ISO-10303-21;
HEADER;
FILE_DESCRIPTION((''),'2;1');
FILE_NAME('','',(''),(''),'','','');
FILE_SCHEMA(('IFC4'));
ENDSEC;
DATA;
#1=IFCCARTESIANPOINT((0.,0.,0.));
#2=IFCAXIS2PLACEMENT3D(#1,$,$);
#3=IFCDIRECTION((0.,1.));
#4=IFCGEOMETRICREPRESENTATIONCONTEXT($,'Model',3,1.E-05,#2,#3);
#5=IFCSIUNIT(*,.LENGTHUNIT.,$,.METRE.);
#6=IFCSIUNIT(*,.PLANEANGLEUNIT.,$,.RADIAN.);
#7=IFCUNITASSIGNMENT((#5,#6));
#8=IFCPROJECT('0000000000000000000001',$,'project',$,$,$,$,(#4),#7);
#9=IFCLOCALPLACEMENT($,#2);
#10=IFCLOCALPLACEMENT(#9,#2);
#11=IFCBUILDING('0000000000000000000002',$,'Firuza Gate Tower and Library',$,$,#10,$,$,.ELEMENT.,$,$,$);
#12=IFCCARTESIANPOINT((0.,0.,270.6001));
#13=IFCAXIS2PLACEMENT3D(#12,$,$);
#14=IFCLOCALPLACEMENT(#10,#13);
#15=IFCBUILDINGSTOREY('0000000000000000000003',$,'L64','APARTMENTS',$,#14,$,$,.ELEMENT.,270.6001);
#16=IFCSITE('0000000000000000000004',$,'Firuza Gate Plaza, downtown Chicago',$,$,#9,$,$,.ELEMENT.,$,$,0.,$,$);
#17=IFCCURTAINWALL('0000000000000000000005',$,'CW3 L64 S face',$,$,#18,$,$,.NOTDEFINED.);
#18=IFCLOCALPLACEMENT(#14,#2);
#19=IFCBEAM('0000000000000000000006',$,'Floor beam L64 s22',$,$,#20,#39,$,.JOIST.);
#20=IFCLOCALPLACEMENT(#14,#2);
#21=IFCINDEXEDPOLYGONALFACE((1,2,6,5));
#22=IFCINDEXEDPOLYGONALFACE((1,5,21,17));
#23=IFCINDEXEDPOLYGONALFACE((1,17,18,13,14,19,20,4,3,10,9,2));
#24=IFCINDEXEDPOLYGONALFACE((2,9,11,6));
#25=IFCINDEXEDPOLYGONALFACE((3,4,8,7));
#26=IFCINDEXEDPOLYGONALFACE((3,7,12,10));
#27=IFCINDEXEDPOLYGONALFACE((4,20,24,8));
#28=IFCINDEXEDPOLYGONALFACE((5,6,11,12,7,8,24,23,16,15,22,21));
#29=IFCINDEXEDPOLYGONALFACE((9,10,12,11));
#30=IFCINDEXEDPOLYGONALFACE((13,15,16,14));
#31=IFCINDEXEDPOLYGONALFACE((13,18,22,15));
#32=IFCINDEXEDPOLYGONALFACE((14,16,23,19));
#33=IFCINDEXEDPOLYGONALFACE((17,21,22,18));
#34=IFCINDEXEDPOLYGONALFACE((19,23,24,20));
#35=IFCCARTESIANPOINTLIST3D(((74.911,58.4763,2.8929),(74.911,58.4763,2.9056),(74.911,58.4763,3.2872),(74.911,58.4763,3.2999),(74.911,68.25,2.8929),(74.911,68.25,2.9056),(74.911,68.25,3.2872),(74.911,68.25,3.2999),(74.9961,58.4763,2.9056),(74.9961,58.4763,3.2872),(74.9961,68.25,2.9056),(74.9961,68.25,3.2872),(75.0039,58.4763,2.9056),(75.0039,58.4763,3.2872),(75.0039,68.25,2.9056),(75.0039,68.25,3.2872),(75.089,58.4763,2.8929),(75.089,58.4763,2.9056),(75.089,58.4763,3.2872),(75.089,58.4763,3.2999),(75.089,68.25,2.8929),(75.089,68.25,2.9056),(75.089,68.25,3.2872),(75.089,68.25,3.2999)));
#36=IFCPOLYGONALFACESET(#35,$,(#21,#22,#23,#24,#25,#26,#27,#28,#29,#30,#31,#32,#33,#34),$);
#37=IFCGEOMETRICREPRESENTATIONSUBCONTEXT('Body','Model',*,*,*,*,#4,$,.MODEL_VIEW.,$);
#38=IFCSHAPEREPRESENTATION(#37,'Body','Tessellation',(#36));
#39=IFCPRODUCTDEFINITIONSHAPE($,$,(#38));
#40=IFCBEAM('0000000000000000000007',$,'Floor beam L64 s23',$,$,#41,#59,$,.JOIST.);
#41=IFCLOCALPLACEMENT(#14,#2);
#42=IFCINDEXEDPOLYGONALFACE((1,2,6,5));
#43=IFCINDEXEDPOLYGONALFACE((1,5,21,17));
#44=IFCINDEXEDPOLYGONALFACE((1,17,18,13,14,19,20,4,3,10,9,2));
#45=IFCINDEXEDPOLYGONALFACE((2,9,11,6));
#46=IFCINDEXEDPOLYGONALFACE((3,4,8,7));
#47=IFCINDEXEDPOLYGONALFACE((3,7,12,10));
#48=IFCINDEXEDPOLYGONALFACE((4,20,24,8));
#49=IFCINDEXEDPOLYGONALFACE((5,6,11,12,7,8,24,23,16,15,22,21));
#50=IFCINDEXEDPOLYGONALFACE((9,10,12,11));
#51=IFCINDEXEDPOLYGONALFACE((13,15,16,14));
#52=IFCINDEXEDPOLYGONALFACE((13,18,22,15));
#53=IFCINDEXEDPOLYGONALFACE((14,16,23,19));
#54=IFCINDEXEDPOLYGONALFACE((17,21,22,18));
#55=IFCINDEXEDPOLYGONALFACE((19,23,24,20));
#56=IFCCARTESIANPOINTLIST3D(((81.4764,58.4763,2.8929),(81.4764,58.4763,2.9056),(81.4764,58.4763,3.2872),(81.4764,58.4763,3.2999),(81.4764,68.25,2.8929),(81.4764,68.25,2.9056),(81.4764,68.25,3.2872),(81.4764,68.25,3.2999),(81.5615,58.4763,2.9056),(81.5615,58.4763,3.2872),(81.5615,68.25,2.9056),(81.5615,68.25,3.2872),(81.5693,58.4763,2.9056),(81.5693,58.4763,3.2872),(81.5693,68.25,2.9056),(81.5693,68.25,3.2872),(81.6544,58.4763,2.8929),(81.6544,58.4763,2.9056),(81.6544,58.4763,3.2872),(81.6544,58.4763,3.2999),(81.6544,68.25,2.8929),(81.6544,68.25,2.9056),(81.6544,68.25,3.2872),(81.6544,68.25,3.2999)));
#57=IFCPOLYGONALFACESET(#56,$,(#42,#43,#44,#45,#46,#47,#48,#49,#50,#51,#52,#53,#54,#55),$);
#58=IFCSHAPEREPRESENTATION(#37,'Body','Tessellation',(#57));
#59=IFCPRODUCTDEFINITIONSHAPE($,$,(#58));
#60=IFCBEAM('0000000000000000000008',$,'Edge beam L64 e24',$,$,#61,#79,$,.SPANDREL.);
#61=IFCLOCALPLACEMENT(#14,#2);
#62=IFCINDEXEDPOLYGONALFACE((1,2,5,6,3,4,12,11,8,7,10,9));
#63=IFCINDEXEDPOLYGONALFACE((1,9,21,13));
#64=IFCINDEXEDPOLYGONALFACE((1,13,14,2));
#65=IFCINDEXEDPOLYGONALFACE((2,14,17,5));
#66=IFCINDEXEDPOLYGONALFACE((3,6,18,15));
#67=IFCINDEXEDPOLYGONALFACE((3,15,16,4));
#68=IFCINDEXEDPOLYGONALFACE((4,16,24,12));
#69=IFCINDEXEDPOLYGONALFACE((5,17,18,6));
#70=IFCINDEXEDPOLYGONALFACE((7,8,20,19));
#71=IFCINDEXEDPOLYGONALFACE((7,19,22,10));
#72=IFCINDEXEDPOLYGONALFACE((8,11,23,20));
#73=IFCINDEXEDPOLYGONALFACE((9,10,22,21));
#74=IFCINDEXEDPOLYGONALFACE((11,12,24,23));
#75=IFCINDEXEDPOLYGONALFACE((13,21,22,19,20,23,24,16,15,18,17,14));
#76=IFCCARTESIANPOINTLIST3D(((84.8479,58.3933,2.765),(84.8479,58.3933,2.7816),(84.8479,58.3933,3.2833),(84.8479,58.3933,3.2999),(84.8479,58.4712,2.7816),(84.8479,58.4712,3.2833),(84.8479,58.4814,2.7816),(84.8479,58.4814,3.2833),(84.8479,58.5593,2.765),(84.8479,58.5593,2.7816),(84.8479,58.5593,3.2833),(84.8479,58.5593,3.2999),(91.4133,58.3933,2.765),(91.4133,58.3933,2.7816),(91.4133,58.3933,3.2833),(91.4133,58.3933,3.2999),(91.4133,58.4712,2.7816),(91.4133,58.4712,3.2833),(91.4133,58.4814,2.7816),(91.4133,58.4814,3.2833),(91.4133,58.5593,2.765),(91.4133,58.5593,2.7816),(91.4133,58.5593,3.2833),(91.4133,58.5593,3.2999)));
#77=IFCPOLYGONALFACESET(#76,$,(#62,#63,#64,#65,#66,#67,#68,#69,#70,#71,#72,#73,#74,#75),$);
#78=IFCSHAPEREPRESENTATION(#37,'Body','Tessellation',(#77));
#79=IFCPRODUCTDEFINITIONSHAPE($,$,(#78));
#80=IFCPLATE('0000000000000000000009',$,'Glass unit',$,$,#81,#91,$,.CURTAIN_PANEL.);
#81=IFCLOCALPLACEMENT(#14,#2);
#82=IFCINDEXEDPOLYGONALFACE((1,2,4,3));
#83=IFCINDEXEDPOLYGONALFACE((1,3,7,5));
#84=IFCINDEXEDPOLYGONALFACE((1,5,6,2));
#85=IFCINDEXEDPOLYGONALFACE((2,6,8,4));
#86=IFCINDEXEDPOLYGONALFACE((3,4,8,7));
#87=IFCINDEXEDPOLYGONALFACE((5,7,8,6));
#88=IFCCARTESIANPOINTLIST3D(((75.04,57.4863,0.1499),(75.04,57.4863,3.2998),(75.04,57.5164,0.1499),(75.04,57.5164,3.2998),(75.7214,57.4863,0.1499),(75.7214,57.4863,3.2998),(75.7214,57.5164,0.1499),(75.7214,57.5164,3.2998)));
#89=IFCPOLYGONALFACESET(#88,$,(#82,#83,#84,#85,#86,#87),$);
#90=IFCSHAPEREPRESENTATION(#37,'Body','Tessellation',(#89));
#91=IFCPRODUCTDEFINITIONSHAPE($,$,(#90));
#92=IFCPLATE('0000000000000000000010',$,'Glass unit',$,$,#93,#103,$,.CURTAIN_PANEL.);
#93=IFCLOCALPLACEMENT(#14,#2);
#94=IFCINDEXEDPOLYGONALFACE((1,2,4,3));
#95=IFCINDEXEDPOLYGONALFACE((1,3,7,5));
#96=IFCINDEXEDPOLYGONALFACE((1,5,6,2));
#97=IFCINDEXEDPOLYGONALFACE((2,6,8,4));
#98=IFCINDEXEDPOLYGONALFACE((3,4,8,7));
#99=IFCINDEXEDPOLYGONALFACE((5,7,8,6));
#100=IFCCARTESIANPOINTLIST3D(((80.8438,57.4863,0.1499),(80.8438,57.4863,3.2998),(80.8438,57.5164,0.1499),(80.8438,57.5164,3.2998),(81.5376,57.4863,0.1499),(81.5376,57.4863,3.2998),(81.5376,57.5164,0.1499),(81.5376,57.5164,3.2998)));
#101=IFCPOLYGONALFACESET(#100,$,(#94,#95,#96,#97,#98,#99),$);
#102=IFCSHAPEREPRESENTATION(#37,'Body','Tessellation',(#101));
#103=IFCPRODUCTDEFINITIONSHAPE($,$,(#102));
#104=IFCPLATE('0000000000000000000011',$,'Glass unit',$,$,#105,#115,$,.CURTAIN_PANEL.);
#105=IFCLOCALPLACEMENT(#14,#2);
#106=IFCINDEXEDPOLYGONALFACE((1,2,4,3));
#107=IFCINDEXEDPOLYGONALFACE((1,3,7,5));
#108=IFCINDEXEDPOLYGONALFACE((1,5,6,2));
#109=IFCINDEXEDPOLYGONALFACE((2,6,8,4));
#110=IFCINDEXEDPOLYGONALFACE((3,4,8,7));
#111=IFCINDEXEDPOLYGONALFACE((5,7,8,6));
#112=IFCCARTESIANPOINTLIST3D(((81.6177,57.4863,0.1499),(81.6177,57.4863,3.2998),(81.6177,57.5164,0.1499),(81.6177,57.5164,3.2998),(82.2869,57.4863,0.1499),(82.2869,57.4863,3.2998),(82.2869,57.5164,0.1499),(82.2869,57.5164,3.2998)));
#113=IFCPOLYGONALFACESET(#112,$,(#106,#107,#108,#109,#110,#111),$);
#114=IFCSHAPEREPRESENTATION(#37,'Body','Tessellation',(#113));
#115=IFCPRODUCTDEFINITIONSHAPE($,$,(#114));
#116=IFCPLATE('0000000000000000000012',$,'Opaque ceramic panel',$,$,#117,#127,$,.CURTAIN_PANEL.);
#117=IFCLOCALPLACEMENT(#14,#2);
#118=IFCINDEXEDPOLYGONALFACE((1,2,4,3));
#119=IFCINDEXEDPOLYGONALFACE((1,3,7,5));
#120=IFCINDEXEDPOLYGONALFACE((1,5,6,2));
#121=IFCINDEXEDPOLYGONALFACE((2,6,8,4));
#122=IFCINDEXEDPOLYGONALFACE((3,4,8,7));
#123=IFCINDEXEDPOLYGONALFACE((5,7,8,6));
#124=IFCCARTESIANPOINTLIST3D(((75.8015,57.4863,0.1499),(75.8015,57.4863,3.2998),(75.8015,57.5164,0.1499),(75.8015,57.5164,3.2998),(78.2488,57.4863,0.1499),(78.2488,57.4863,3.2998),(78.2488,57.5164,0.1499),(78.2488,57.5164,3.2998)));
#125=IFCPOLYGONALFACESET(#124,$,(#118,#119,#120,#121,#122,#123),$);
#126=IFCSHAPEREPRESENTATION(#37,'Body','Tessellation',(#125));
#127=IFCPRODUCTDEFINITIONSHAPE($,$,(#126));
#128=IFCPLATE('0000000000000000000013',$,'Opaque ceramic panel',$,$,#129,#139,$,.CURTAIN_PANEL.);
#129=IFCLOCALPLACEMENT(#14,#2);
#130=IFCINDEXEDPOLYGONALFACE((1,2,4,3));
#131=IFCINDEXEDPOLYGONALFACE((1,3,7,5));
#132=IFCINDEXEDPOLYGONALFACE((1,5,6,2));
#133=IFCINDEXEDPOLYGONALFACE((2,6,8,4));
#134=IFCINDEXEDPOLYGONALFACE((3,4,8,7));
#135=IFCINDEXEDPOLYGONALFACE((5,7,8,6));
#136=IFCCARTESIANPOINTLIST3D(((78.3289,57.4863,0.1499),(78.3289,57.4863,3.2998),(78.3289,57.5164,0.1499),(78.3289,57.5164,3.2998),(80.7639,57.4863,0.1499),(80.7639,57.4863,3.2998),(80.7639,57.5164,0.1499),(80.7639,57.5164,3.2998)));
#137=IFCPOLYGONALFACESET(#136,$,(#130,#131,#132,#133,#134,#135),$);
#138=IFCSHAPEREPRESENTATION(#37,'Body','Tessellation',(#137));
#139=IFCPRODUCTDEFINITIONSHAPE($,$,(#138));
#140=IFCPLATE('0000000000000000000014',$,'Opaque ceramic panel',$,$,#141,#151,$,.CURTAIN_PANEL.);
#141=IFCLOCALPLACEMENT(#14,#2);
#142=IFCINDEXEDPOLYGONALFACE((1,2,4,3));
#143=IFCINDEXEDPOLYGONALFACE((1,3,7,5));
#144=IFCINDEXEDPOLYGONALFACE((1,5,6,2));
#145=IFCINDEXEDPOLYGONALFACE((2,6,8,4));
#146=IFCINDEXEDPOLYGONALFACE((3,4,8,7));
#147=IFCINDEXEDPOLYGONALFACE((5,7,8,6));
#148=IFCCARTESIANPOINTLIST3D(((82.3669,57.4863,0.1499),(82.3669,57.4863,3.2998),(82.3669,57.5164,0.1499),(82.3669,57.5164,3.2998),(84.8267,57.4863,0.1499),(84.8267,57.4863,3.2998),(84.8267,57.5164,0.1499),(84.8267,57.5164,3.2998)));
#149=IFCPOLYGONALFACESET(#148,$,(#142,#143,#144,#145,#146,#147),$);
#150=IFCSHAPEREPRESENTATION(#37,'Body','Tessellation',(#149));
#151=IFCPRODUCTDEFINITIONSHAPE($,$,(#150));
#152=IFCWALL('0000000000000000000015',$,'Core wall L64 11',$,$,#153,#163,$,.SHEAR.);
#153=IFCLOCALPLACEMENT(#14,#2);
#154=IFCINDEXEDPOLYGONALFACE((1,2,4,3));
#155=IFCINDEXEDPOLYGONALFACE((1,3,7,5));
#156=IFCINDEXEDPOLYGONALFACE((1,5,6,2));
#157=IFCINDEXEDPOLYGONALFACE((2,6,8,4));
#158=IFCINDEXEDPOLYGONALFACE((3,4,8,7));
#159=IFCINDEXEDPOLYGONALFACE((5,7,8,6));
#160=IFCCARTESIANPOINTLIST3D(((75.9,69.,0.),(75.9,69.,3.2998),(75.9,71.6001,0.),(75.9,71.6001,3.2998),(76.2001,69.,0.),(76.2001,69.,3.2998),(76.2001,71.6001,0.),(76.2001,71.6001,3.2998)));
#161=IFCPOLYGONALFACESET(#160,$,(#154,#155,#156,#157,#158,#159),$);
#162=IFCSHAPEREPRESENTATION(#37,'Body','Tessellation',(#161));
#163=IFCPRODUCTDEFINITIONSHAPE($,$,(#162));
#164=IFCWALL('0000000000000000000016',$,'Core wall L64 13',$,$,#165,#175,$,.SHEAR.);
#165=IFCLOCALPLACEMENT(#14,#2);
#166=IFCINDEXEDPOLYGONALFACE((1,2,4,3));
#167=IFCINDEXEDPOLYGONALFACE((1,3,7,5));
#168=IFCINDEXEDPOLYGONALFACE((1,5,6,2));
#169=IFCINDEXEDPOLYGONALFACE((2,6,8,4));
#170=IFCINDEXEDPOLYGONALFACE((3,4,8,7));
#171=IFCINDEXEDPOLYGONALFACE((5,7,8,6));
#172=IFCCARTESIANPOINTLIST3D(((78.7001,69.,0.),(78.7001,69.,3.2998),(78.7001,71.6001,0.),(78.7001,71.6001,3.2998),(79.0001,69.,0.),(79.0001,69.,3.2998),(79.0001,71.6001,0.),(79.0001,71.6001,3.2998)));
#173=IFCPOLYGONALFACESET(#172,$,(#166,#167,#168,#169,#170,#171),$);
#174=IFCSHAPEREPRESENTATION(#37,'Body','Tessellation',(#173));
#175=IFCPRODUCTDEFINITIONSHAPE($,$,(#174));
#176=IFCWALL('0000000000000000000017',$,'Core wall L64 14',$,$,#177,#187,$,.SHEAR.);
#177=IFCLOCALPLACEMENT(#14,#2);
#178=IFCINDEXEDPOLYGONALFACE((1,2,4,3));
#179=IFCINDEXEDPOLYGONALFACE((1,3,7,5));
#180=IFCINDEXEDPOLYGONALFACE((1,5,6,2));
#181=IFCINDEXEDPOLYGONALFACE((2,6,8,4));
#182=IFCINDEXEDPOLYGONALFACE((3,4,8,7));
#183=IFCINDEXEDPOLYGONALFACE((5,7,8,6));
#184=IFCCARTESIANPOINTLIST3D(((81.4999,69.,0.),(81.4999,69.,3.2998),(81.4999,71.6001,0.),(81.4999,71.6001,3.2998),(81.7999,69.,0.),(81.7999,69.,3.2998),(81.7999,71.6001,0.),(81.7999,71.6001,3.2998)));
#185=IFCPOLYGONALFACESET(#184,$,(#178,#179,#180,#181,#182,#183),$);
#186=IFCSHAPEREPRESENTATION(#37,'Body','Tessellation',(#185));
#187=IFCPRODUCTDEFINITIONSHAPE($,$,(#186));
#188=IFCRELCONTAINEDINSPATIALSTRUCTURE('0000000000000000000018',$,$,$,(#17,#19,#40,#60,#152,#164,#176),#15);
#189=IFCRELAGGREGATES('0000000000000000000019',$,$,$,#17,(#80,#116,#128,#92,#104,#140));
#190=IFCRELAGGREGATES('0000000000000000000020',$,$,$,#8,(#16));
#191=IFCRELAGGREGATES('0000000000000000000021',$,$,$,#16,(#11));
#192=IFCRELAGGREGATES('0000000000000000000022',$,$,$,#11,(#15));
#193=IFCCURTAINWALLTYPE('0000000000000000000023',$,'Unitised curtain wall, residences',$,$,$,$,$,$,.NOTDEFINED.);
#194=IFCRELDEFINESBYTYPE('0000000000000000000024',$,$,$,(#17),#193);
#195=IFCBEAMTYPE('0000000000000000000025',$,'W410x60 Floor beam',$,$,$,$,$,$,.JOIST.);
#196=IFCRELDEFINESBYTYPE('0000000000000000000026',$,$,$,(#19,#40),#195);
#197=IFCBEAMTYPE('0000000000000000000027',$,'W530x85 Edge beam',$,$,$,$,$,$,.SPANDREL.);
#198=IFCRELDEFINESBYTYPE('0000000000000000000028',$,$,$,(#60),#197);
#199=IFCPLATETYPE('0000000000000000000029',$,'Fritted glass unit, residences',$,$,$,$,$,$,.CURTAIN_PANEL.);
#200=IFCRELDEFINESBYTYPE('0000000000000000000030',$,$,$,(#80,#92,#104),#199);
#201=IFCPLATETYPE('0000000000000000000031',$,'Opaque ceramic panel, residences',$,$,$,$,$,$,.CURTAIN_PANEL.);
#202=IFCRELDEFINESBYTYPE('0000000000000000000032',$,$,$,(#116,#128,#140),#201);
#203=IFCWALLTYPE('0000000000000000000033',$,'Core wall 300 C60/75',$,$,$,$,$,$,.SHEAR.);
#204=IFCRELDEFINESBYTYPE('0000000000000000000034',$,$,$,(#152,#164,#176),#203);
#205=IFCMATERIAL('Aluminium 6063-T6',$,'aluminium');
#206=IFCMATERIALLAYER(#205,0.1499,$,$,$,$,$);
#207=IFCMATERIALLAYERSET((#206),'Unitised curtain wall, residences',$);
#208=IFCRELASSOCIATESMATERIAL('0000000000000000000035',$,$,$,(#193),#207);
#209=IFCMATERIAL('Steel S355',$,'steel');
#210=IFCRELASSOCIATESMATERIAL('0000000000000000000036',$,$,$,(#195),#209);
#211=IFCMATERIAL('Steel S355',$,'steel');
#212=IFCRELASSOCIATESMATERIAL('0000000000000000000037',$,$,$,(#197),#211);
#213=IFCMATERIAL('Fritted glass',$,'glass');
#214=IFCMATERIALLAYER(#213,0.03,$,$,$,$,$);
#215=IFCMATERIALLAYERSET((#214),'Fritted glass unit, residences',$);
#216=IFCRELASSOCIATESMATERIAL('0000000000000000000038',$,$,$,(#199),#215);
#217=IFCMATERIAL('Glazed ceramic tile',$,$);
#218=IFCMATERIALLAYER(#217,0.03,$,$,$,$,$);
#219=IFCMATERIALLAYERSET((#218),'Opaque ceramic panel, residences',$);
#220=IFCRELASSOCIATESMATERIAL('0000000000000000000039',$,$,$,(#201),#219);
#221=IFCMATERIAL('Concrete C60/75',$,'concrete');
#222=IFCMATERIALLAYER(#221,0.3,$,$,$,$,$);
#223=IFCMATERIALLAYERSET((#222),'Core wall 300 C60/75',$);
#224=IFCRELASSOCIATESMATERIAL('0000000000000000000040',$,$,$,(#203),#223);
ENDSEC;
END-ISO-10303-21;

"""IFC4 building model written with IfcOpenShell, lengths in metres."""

from ifc_helpers import new_model, si_unit, direction, frame, frame_2d, origin, origin_2d, place, context, subcontext, project, spatial, polyline, rectangle, i_section, outline, extrude, material, layer, layer_set, material_profile, profile_set, type_object, element, aggregate, save


model = new_model("IFC4")

# Units and contexts
model_context = context("Model", 3, precision=1e-05, world=origin(), true_north=direction((0.0, 1.0)))
body_context = subcontext(model_context, "Body", "Model", "MODEL_VIEW")
ifc_project = project(units=[si_unit("LENGTHUNIT", "METRE"), si_unit("PLANEANGLEUNIT", "RADIAN")], contexts=[model_context])

# Site, building, storey
site_placement = place(None, origin())
site = spatial("IfcSite", under=ifc_project, at=site_placement, Name="Firuza Gate Plaza, downtown Chicago", CompositionType="ELEMENT", RefElevation=0.0)
building_placement = place(site_placement, origin())
building = spatial("IfcBuilding", under=site, at=building_placement, Name="Firuza Gate Tower and Library", CompositionType="ELEMENT")
storey_placement = place(building_placement, frame((0.0, 0.0, 270.6001)))
storey = spatial("IfcBuildingStorey", under=building, at=storey_placement, Name="L64", Description="APARTMENTS", CompositionType="ELEMENT", Elevation=270.6001)

# Curtain wall
ifc_material_1 = material(Name="Aluminium 6063-T6", Category="aluminium")
ifc_layer_1 = layer(ifc_material_1, 0.1499)
ifc_layer_set_1 = layer_set([ifc_layer_1], Name="Unitised curtain wall, residences")
curtain_wall_type = type_object("IfcCurtainWallType", Name="Unitised curtain wall, residences", PredefinedType="NOTDEFINED", material=ifc_layer_set_1)
curtain_wall_placement = place(storey_placement, origin())
curtain_wall = element("IfcCurtainWall", 1, at=curtain_wall_placement, inside=storey, type_object=curtain_wall_type, Name="CW3 L64 S face", PredefinedType="NOTDEFINED")

# Beams
ifc_material_2 = material(Name="Steel S355", Category="steel")
ifc_material_profile_1 = material_profile(ifc_material_2, i_section(OverallWidth=0.178, OverallDepth=0.407, WebThickness=0.0078, FlangeThickness=0.0127, at=origin_2d()))
ifc_profile_set_1 = profile_set([ifc_material_profile_1], Name="Steel S355")
beam_type_1 = type_object("IfcBeamType", Name="W410x60 Floor beam", PredefinedType="JOIST", material=ifc_profile_set_1)
for number, where, z_axis, x_axis, name in (
    (2, (75.0, 58.4763, 3.0964), (0.0, 1.0, 0.0), (-1.0, 0.0, 0.0), "Floor beam L64 s22"),
    (3, (81.5654, 58.4763, 3.0964), (0.0, 1.0, 0.0), (-1.0, 0.0, 0.0), "Floor beam L64 s23"),
):
    element("IfcBeam", number, at=place(storey_placement, frame(where, z_axis=z_axis, x_axis=x_axis)), inside=storey, type_object=beam_type_1, Name=name, PredefinedType="JOIST", context=body_context, shape_type="SweptSolid", body=[
        extrude(i_section(OverallWidth=0.178, OverallDepth=0.407, WebThickness=0.0078, FlangeThickness=0.0127, at=origin_2d()), origin(), (0.0, 0.0, 1.0), 9.7737),
    ])
ifc_material_3 = material(Name="Steel S355", Category="steel")
ifc_material_profile_2 = material_profile(ifc_material_3, i_section(OverallWidth=0.166, OverallDepth=0.5349, WebThickness=0.0103, FlangeThickness=0.0166, at=origin_2d()))
ifc_profile_set_2 = profile_set([ifc_material_profile_2], Name="Steel S355")
beam_type_2 = type_object("IfcBeamType", Name="W530x85 Edge beam", PredefinedType="SPANDREL", material=ifc_profile_set_2)
beam_placement = place(storey_placement, frame((84.8479, 58.4763, 3.0325), z_axis=(1.0, 0.0, 0.0), x_axis=(0.0, 1.0, 0.0)))
element("IfcBeam", 4, at=beam_placement, inside=storey, type_object=beam_type_2, Name="Edge beam L64 e24", PredefinedType="SPANDREL", context=body_context, shape_type="SweptSolid", body=[
    extrude(i_section(OverallWidth=0.166, OverallDepth=0.5349, WebThickness=0.0103, FlangeThickness=0.0166, at=origin_2d()), origin(), (0.0, 0.0, 1.0), 6.5654),
])

# Plates
ifc_material_4 = material(Name="Fritted glass", Category="glass")
ifc_layer_2 = layer(ifc_material_4, 0.03)
ifc_layer_set_2 = layer_set([ifc_layer_2], Name="Fritted glass unit, residences")
plate_type_1 = type_object("IfcPlateType", Name="Fritted glass unit, residences", PredefinedType="CURTAIN_PANEL", material=ifc_layer_set_2)
plate_1_placement = place(storey_placement, frame((75.04, 57.4863, 0.1499), z_axis=(0.0, -1.0, 0.0), x_axis=(1.0, 0.0, 0.0)))
plate_1 = element("IfcPlate", 5, at=plate_1_placement, type_object=plate_type_1, Name="Glass unit", PredefinedType="CURTAIN_PANEL", context=body_context, shape_type="SweptSolid", body=[
    extrude(outline(polyline([(0.0, 0.0), (0.6814, 0.0), (0.6814, 3.1499), (0.0, 3.1499), (0.0, 0.0)])), origin(), (0.0, 0.0, -1.0), 0.03),
])
plate_2_placement = place(storey_placement, frame((80.8438, 57.4863, 0.1499), z_axis=(0.0, -1.0, 0.0), x_axis=(1.0, 0.0, 0.0)))
plate_2 = element("IfcPlate", 6, at=plate_2_placement, type_object=plate_type_1, Name="Glass unit", PredefinedType="CURTAIN_PANEL", context=body_context, shape_type="SweptSolid", body=[
    extrude(outline(polyline([(0.0, 0.0), (0.6938, 0.0), (0.6938, 3.1499), (0.0, 3.1499), (0.0, 0.0)])), origin(), (0.0, 0.0, -1.0), 0.03),
])
plate_3_placement = place(storey_placement, frame((81.6177, 57.4863, 0.1499), z_axis=(0.0, -1.0, 0.0), x_axis=(1.0, 0.0, 0.0)))
plate_3 = element("IfcPlate", 7, at=plate_3_placement, type_object=plate_type_1, Name="Glass unit", PredefinedType="CURTAIN_PANEL", context=body_context, shape_type="SweptSolid", body=[
    extrude(outline(polyline([(0.0, 0.0), (0.6692, 0.0), (0.6692, 3.1499), (0.0, 3.1499), (0.0, 0.0)])), origin(), (0.0, 0.0, -1.0), 0.03),
])
ifc_material_5 = material(Name="Glazed ceramic tile")
ifc_layer_3 = layer(ifc_material_5, 0.03)
ifc_layer_set_3 = layer_set([ifc_layer_3], Name="Opaque ceramic panel, residences")
plate_type_2 = type_object("IfcPlateType", Name="Opaque ceramic panel, residences", PredefinedType="CURTAIN_PANEL", material=ifc_layer_set_3)
plate_4_placement = place(storey_placement, frame((75.8015, 57.4863, 0.1499), z_axis=(0.0, -1.0, 0.0), x_axis=(1.0, 0.0, 0.0)))
plate_4 = element("IfcPlate", 8, at=plate_4_placement, type_object=plate_type_2, Name="Opaque ceramic panel", PredefinedType="CURTAIN_PANEL", context=body_context, shape_type="SweptSolid", body=[
    extrude(outline(polyline([(0.0, 0.0), (2.4473, 0.0), (2.4473, 3.1499), (0.0, 3.1499), (0.0, 0.0)])), origin(), (0.0, 0.0, -1.0), 0.03),
])
plate_5_placement = place(storey_placement, frame((78.3289, 57.4863, 0.1499), z_axis=(0.0, -1.0, 0.0), x_axis=(1.0, 0.0, 0.0)))
plate_5 = element("IfcPlate", 9, at=plate_5_placement, type_object=plate_type_2, Name="Opaque ceramic panel", PredefinedType="CURTAIN_PANEL", context=body_context, shape_type="SweptSolid", body=[
    extrude(outline(polyline([(0.0, 0.0), (2.4351, 0.0), (2.4351, 3.1499), (0.0, 3.1499), (0.0, 0.0)])), origin(), (0.0, 0.0, -1.0), 0.03),
])
plate_6_placement = place(storey_placement, frame((82.3669, 57.4863, 0.1499), z_axis=(0.0, -1.0, 0.0), x_axis=(1.0, 0.0, 0.0)))
plate_6 = element("IfcPlate", 10, at=plate_6_placement, type_object=plate_type_2, Name="Opaque ceramic panel", PredefinedType="CURTAIN_PANEL", context=body_context, shape_type="SweptSolid", body=[
    extrude(outline(polyline([(0.0, 0.0), (2.4597, 0.0), (2.4597, 3.1499), (0.0, 3.1499), (0.0, 0.0)])), origin(), (0.0, 0.0, -1.0), 0.03),
])
aggregate(curtain_wall, [plate_1, plate_4, plate_5, plate_2, plate_3, plate_6])

# Walls
ifc_material_6 = material(Name="Concrete C60/75", Category="concrete")
ifc_layer_4 = layer(ifc_material_6, 0.3)
ifc_layer_set_4 = layer_set([ifc_layer_4], Name="Core wall 300 C60/75")
wall_type_1 = type_object("IfcWallType", Name="Core wall 300 C60/75", PredefinedType="SHEAR", material=ifc_layer_set_4)
for number, where, z_axis, x_axis, name in (
    (11, (76.05, 69.0, 0.0), (0.0, 0.0, 1.0), (0.0, 1.0, 0.0), "Core wall L64 11"),
    (12, (78.8501, 69.0, 0.0), (0.0, 0.0, 1.0), (0.0, 1.0, 0.0), "Core wall L64 13"),
    (13, (81.6499, 69.0, 0.0), (0.0, 0.0, 1.0), (0.0, 1.0, 0.0), "Core wall L64 14"),
):
    element("IfcWall", number, at=place(storey_placement, frame(where, z_axis=z_axis, x_axis=x_axis)), inside=storey, type_object=wall_type_1, Name=name, PredefinedType="SHEAR", context=body_context, shape_type="SweptSolid", body=[
        extrude(rectangle(XDim=2.6001, YDim=0.3, at=frame_2d((1.3, 0.0))), origin(), (0.0, 0.0, 1.0), 3.2998),
    ])

save(model, "model.ifc")
